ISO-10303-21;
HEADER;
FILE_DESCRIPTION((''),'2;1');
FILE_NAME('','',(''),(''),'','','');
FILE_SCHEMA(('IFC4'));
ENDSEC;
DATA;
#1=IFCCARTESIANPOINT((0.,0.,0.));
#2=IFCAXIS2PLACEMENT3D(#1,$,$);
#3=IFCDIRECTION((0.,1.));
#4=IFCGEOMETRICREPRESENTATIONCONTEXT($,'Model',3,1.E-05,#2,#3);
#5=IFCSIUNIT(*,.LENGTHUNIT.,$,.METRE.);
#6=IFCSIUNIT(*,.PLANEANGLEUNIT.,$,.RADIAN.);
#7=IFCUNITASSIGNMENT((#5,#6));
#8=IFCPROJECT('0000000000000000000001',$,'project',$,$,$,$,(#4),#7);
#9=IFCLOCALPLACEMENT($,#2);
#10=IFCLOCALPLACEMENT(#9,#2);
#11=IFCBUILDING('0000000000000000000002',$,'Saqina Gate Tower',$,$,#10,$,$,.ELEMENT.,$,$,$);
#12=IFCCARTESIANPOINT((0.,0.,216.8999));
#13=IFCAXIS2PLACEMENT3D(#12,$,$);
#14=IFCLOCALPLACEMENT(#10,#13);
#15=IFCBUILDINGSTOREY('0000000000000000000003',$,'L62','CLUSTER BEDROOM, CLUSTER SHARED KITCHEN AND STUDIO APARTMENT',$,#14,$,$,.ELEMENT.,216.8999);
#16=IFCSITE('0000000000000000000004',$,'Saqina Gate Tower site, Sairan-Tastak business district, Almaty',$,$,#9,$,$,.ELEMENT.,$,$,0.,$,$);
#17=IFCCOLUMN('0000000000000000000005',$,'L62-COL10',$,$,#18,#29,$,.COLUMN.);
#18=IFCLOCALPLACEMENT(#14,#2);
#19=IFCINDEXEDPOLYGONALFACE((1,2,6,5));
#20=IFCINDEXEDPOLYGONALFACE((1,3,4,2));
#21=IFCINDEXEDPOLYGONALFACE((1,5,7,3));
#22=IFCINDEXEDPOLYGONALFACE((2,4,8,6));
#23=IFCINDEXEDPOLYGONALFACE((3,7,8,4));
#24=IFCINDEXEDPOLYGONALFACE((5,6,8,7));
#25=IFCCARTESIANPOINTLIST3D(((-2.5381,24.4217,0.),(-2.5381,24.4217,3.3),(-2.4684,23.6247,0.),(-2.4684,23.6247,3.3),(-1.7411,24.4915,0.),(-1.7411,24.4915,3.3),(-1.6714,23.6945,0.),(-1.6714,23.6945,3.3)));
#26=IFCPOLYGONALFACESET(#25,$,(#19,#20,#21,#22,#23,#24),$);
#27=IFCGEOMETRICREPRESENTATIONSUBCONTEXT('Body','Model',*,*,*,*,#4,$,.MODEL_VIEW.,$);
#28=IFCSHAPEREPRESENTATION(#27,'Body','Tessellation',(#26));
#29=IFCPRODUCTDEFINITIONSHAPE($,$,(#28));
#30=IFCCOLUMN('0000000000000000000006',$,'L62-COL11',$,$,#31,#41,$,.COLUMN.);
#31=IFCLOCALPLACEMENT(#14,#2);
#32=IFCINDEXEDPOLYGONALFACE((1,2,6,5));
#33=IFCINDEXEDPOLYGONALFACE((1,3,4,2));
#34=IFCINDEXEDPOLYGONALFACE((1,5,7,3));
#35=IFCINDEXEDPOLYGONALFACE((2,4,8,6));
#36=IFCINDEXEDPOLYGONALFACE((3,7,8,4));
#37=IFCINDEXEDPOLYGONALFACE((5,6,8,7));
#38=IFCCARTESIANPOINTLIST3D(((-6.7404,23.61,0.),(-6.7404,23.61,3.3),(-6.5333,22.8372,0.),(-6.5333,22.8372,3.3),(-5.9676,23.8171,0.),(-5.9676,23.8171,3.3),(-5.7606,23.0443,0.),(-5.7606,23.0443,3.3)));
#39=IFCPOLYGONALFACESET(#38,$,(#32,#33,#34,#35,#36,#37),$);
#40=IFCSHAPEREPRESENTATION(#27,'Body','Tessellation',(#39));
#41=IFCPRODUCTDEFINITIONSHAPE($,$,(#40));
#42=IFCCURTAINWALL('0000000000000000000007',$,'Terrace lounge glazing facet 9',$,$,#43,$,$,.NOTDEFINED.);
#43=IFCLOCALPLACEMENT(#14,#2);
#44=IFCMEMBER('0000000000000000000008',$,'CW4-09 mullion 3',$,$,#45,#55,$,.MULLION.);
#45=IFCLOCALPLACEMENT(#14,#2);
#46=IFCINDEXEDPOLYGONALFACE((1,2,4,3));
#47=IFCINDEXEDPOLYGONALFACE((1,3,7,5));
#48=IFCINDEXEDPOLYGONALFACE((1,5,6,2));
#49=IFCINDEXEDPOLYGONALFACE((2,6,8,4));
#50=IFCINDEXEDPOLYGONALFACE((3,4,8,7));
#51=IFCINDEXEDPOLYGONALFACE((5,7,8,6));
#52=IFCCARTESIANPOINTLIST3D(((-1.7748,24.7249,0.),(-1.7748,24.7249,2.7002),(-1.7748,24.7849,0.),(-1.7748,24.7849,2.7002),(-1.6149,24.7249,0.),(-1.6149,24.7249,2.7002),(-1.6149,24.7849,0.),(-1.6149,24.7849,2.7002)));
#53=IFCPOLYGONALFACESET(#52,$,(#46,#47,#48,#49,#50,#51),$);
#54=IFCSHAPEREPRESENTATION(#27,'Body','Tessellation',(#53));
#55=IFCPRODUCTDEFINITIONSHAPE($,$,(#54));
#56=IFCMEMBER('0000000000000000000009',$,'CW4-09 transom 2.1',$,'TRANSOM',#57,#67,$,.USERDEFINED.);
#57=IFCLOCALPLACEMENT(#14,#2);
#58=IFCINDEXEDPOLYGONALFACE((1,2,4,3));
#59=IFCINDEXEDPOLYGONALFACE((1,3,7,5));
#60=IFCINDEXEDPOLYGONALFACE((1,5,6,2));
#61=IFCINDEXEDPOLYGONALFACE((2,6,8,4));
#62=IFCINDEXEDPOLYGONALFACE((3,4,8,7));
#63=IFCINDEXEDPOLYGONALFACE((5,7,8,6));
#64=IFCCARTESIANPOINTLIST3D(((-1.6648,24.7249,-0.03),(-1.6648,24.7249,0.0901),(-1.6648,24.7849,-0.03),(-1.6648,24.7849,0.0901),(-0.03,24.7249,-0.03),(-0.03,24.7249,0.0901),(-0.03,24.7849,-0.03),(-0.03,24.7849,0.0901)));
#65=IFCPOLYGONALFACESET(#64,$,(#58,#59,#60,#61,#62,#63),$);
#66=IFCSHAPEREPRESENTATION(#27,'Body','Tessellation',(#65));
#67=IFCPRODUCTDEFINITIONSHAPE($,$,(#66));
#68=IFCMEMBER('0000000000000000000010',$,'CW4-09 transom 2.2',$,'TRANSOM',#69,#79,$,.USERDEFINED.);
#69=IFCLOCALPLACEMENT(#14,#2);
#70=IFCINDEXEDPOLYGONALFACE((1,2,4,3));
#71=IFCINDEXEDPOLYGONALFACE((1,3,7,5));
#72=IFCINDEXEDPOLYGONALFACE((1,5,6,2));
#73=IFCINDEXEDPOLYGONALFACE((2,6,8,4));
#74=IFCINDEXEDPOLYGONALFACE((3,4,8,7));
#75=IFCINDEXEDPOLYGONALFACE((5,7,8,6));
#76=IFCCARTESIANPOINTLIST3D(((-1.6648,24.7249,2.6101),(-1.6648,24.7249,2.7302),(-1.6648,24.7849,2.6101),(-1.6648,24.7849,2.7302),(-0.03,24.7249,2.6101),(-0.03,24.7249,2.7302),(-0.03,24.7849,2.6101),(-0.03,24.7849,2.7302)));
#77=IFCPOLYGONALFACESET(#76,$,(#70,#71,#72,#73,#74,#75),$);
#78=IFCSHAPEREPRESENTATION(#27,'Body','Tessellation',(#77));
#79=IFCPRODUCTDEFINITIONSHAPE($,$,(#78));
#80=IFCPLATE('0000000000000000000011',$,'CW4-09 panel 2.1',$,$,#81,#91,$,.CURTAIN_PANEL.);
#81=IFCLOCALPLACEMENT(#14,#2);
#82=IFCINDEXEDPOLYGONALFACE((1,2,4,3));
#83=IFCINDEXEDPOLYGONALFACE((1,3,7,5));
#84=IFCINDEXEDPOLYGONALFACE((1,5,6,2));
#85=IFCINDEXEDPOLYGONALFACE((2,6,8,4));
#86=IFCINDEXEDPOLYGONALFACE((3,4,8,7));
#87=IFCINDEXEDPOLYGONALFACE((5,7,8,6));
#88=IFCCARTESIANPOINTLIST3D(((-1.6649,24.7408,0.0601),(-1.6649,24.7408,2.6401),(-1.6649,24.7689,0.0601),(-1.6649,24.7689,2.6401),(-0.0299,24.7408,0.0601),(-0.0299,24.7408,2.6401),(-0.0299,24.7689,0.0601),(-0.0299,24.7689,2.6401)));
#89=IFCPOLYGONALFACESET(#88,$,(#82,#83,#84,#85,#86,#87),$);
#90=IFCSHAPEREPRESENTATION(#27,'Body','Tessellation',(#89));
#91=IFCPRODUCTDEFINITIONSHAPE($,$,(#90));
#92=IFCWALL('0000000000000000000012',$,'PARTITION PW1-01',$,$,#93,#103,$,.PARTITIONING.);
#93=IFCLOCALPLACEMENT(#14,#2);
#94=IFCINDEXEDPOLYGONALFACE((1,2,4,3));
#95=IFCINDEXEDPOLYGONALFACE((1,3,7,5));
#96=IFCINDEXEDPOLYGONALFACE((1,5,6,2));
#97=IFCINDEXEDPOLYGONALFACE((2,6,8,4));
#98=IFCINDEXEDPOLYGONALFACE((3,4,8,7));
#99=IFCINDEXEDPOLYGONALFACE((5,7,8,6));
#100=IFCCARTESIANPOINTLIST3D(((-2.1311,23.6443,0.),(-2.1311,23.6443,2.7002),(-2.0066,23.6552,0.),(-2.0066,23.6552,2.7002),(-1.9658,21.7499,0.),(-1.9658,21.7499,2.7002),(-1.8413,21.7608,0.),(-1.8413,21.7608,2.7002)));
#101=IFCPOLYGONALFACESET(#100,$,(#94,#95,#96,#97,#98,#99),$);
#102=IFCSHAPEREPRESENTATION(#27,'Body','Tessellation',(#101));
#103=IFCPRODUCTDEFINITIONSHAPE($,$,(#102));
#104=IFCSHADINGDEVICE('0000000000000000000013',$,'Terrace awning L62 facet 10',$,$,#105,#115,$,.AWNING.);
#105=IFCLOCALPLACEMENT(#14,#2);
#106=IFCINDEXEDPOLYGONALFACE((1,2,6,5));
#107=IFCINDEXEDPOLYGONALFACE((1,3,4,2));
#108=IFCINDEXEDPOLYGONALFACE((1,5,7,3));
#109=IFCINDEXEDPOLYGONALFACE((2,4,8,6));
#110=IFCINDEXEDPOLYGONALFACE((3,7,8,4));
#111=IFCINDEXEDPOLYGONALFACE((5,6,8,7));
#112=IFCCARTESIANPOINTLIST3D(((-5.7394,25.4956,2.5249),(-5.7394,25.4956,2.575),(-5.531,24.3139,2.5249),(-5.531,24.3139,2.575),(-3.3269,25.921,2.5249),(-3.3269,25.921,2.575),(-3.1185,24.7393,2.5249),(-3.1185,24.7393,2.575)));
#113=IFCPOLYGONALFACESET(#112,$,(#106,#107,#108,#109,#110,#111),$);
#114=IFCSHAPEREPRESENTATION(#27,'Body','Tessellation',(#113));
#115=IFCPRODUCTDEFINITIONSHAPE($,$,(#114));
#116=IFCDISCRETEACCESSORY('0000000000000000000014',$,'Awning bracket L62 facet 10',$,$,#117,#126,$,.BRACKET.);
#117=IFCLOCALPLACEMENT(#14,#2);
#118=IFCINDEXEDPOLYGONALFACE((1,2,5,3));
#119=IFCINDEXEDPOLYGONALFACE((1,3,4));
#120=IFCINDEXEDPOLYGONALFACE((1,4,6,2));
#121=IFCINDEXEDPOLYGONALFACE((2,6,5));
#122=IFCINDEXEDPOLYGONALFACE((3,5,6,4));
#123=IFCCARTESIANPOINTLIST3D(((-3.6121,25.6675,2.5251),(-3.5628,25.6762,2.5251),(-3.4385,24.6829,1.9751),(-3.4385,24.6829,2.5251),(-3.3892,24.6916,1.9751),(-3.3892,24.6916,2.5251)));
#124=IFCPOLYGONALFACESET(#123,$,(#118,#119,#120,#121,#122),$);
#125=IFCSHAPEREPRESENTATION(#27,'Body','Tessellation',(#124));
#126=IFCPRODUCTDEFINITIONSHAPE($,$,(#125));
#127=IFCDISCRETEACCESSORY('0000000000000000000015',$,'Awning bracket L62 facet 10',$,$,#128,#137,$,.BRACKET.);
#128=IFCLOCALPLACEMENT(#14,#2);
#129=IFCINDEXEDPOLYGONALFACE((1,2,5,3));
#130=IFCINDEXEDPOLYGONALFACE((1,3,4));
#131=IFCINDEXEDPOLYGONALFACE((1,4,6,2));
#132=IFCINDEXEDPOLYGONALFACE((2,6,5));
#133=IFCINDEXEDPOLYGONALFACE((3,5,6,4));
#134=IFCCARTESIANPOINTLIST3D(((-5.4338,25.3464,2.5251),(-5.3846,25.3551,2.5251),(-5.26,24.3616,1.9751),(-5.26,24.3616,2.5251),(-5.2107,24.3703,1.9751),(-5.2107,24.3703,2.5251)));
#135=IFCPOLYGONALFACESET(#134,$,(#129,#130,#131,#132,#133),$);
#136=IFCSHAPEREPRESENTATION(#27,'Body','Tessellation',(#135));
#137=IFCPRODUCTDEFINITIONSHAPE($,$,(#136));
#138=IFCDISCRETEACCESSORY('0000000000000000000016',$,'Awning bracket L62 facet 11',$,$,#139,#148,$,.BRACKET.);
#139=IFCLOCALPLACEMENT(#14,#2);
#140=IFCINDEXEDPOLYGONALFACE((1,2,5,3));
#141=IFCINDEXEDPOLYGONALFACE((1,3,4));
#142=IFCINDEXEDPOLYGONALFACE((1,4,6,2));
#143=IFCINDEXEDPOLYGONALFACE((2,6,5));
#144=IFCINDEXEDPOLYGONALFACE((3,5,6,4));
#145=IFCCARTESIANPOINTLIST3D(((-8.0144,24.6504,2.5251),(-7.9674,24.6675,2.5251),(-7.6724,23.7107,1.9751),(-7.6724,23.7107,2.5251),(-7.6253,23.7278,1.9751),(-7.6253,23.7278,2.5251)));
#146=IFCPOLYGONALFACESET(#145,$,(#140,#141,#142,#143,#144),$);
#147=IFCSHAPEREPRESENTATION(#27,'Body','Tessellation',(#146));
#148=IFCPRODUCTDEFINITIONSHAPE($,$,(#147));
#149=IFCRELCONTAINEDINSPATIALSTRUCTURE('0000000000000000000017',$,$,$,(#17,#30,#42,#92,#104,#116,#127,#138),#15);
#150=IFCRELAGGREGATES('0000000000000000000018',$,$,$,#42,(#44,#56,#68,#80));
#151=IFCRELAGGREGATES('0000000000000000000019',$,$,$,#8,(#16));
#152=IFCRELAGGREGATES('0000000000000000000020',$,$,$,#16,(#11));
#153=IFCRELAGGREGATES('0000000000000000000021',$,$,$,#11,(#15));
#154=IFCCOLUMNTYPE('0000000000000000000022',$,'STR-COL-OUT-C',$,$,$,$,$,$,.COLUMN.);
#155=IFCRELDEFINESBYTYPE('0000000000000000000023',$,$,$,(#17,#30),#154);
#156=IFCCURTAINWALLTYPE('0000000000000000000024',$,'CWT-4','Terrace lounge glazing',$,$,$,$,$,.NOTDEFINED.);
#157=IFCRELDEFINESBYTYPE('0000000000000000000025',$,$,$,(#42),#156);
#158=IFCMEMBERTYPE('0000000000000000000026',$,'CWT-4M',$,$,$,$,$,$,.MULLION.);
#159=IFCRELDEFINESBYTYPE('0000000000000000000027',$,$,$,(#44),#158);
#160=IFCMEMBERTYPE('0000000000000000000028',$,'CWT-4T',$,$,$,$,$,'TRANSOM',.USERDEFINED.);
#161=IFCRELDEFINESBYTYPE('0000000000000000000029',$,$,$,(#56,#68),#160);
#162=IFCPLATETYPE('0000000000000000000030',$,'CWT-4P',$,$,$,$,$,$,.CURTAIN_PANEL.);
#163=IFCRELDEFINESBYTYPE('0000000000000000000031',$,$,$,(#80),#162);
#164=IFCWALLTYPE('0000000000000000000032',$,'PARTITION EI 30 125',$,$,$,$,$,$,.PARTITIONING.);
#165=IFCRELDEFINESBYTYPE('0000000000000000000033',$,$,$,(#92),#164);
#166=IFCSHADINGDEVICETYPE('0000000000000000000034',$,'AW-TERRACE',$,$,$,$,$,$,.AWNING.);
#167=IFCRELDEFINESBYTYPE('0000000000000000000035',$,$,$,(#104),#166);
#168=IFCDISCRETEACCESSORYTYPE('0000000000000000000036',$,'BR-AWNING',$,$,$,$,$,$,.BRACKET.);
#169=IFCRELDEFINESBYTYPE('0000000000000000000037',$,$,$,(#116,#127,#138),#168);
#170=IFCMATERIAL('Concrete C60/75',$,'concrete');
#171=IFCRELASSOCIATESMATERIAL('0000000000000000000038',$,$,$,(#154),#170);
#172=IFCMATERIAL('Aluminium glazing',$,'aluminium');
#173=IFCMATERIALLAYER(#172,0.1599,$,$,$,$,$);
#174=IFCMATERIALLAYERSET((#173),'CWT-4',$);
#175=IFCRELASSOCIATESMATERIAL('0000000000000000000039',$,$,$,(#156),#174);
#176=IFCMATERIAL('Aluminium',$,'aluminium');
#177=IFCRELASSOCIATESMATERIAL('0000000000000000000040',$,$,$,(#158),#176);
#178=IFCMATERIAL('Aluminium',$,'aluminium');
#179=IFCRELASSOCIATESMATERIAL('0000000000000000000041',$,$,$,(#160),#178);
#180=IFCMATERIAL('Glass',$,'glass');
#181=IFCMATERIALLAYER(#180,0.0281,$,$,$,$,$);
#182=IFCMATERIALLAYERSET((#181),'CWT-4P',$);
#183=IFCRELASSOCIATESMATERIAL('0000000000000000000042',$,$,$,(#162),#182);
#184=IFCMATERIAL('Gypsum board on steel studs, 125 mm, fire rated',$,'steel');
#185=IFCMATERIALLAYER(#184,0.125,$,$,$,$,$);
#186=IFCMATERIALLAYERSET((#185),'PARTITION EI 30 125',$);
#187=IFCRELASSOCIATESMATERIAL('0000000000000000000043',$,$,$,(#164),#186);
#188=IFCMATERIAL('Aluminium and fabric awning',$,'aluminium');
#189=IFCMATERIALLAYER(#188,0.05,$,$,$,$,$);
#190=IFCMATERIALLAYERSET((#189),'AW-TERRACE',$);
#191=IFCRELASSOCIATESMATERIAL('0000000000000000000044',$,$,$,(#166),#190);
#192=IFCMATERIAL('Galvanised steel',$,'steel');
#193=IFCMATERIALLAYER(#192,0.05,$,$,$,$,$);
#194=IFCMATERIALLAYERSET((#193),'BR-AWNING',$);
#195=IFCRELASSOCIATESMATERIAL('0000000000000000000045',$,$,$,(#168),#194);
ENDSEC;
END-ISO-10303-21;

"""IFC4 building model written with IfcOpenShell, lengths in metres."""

from ifc_helpers import new_model, si_unit, direction, frame, frame_2d, origin, origin_2d, place, context, subcontext, project, spatial, polyline, rectangle, outline, extrude, material, layer, layer_set, material_profile, profile_set, type_object, element, aggregate, save


model = new_model("IFC4")

# Units and contexts
model_context = context("Model", 3, precision=1e-05, world=origin(), true_north=direction((0.0, 1.0)))
body_context = subcontext(model_context, "Body", "Model", "MODEL_VIEW")
ifc_project = project(units=[si_unit("LENGTHUNIT", "METRE"), si_unit("PLANEANGLEUNIT", "RADIAN")], contexts=[model_context])

# Site, building, storey
site_placement = place(None, origin())
site = spatial("IfcSite", under=ifc_project, at=site_placement, Name="Saqina Gate Tower site, Sairan-Tastak business district, Almaty", CompositionType="ELEMENT", RefElevation=0.0)
building_placement = place(site_placement, origin())
building = spatial("IfcBuilding", under=site, at=building_placement, Name="Saqina Gate Tower", CompositionType="ELEMENT")
storey_placement = place(building_placement, frame((0.0, 0.0, 216.8999)))
storey = spatial("IfcBuildingStorey", under=building, at=storey_placement, Name="L62", Description="CLUSTER BEDROOM, CLUSTER SHARED KITCHEN AND STUDIO APARTMENT", CompositionType="ELEMENT", Elevation=216.8999)

# Columns
ifc_material_1 = material(Name="Concrete C60/75", Category="concrete")
ifc_material_profile_1 = material_profile(ifc_material_1, rectangle(XDim=0.8, YDim=0.8, at=origin_2d()), Name="RC 800x800")
ifc_profile_set_1 = profile_set([ifc_material_profile_1], Name="Concrete C60/75")
column_type = type_object("IfcColumnType", Name="STR-COL-OUT-C", PredefinedType="COLUMN", material=ifc_profile_set_1)
for number, where, z_axis, x_axis, name in (
    (1, (-2.1047, 24.0581, 0.0), (0.0, 0.0, 1.0), (-0.087156, 0.996195, 0.0), "L62-COL10"),
    (2, (-6.2505, 23.3271, 0.0), (0.0, 0.0, 1.0), (-0.258819, 0.965926, 0.0), "L62-COL11"),
):
    element("IfcColumn", number, at=place(storey_placement, frame(where, z_axis=z_axis, x_axis=x_axis)), inside=storey, type_object=column_type, Name=name, PredefinedType="COLUMN", context=body_context, shape_type="SweptSolid", body=[
        extrude(rectangle(XDim=0.8, YDim=0.8, at=origin_2d()), origin(), (0.0, 0.0, 1.0), 3.3),
    ])

# Curtain wall, members, plate
ifc_material_2 = material(Name="Aluminium glazing", Category="aluminium")
ifc_layer_1 = layer(ifc_material_2, 0.1599)
ifc_layer_set_1 = layer_set([ifc_layer_1], Name="CWT-4")
curtain_wall_type = type_object("IfcCurtainWallType", Name="CWT-4", Description="Terrace lounge glazing", PredefinedType="NOTDEFINED", material=ifc_layer_set_1)
curtain_wall_placement = place(storey_placement, origin())
curtain_wall = element("IfcCurtainWall", 3, at=curtain_wall_placement, inside=storey, type_object=curtain_wall_type, Name="Terrace lounge glazing facet 9", PredefinedType="NOTDEFINED")
ifc_material_3 = material(Name="Aluminium", Category="aluminium")
ifc_material_profile_2 = material_profile(ifc_material_3, rectangle(XDim=0.0601, YDim=0.1599, at=origin_2d()), Name="Aluminium 60x160")
ifc_profile_set_2 = profile_set([ifc_material_profile_2], Name="Aluminium")
member_type_1 = type_object("IfcMemberType", Name="CWT-4M", PredefinedType="MULLION", material=ifc_profile_set_2)
member_1_placement = place(storey_placement, frame((-1.6948, 24.7549, 0.0), z_axis=(0.0, 0.0, 1.0), x_axis=(0.0, -1.0, 0.0)))
member_1 = element("IfcMember", 4, at=member_1_placement, type_object=member_type_1, Name="CW4-09 mullion 3", PredefinedType="MULLION", context=body_context, shape_type="SweptSolid", body=[
    extrude(rectangle(XDim=0.0601, YDim=0.1599, at=origin_2d()), origin(), (0.0, 0.0, 1.0), 2.7002),
])
ifc_material_4 = material(Name="Aluminium", Category="aluminium")
ifc_material_profile_3 = material_profile(ifc_material_4, rectangle(XDim=0.0601, YDim=0.1201, at=origin_2d()), Name="Aluminium 60x120")
ifc_profile_set_3 = profile_set([ifc_material_profile_3], Name="Aluminium")
member_type_2 = type_object("IfcMemberType", Name="CWT-4T", ElementType="TRANSOM", PredefinedType="USERDEFINED", material=ifc_profile_set_3)
member_2_placement = place(storey_placement, frame((-0.03, 24.7549, 0.03), z_axis=(-1.0, 0.0, 0.0), x_axis=(0.0, -1.0, 0.0)))
member_2 = element("IfcMember", 5, at=member_2_placement, type_object=member_type_2, Name="CW4-09 transom 2.1", ObjectType="TRANSOM", PredefinedType="USERDEFINED", context=body_context, shape_type="SweptSolid", body=[
    extrude(rectangle(XDim=0.0601, YDim=0.1201, at=origin_2d()), origin(), (0.0, 0.0, 1.0), 1.6348),
])
member_3_placement = place(storey_placement, frame((-0.03, 24.7549, 2.6702), z_axis=(-1.0, 0.0, 0.0), x_axis=(0.0, -1.0, 0.0)))
member_3 = element("IfcMember", 6, at=member_3_placement, type_object=member_type_2, Name="CW4-09 transom 2.2", ObjectType="TRANSOM", PredefinedType="USERDEFINED", context=body_context, shape_type="SweptSolid", body=[
    extrude(rectangle(XDim=0.0601, YDim=0.1201, at=origin_2d()), origin(), (0.0, 0.0, 1.0), 1.6348),
])
ifc_material_5 = material(Name="Glass", Category="glass")
ifc_layer_2 = layer(ifc_material_5, 0.0281)
ifc_layer_set_2 = layer_set([ifc_layer_2], Name="CWT-4P")
plate_type = type_object("IfcPlateType", Name="CWT-4P", PredefinedType="CURTAIN_PANEL", material=ifc_layer_set_2)
plate_placement = place(storey_placement, frame((-0.8474, 24.7549, 0.0601), z_axis=(0.0, 0.0, 1.0), x_axis=(-1.0, 0.0, 0.0)))
plate = element("IfcPlate", 7, at=plate_placement, type_object=plate_type, Name="CW4-09 panel 2.1", PredefinedType="CURTAIN_PANEL", context=body_context, shape_type="SweptSolid", body=[
    extrude(rectangle(XDim=1.635, YDim=0.0281, at=origin_2d()), origin(), (0.0, 0.0, 1.0), 2.5801),
])
aggregate(curtain_wall, [member_1, member_2, member_3, plate])

# Wall
ifc_material_6 = material(Name="Gypsum board on steel studs, 125 mm, fire rated", Category="steel")
ifc_layer_3 = layer(ifc_material_6, 0.125)
ifc_layer_set_3 = layer_set([ifc_layer_3], Name="PARTITION EI 30 125")
wall_type_1 = type_object("IfcWallType", Name="PARTITION EI 30 125", PredefinedType="PARTITIONING", material=ifc_layer_set_3)
wall_1_placement = place(storey_placement, frame((-2.0688, 23.6497, 0.0), z_axis=(0.0, 0.0, 1.0), x_axis=(0.086912, -0.996216, 0.0)))
element("IfcWall", 8, at=wall_1_placement, inside=storey, type_object=wall_type_1, Name="PARTITION PW1-01", PredefinedType="PARTITIONING", context=body_context, shape_type="SweptSolid", body=[
    extrude(rectangle(XDim=1.9016, YDim=0.125, at=frame_2d((0.9507, 0.0))), origin(), (0.0, 0.0, 1.0), 2.7002),
])

# Shading device
ifc_material_7 = material(Name="Aluminium and fabric awning", Category="aluminium")
ifc_layer_4 = layer(ifc_material_7, 0.05)
ifc_layer_set_4 = layer_set([ifc_layer_4], Name="AW-TERRACE")
shading_device_type = type_object("IfcShadingDeviceType", Name="AW-TERRACE", PredefinedType="AWNING", material=ifc_layer_set_4)
shading_device_placement = place(storey_placement, frame((-4.429, 25.1174, 2.5249), z_axis=(0.0, 0.0, 1.0), x_axis=(-0.984808, -0.173648, 0.0)))
element("IfcShadingDevice", 9, at=shading_device_placement, inside=storey, type_object=shading_device_type, Name="Terrace awning L62 facet 10", PredefinedType="AWNING", context=body_context, shape_type="SweptSolid", body=[
    extrude(rectangle(XDim=2.4497, YDim=1.2, at=origin_2d()), origin(), (0.0, 0.0, 1.0), 0.05),
])

# Discrete accessories
ifc_material_8 = material(Name="Galvanised steel", Category="steel")
ifc_layer_5 = layer(ifc_material_8, 0.05)
ifc_layer_set_5 = layer_set([ifc_layer_5], Name="BR-AWNING")
discrete_accessory_type = type_object("IfcDiscreteAccessoryType", Name="BR-AWNING", PredefinedType="BRACKET", material=ifc_layer_set_5)
discrete_accessory_1_placement = place(storey_placement, frame((-3.4385, 24.6829, 1.9751), z_axis=(-0.984813, -0.173618, 0.0), x_axis=(0.0, 0.0, 1.0)))
element("IfcDiscreteAccessory", 10, at=discrete_accessory_1_placement, inside=storey, type_object=discrete_accessory_type, Name="Awning bracket L62 facet 10", PredefinedType="BRACKET", context=body_context, shape_type="SweptSolid", body=[
    extrude(outline(polyline([(0.0, 0.0), (0.55, 0.0), (0.55, 0.9998), (0.0, 0.0)])), origin(), (0.0, 0.0, -1.0), 0.05),
])
discrete_accessory_2_placement = place(storey_placement, frame((-5.26, 24.3616, 1.9751), z_axis=(-0.984779, -0.173813, 0.0), x_axis=(0.0, 0.0, 1.0)))
element("IfcDiscreteAccessory", 11, at=discrete_accessory_2_placement, inside=storey, type_object=discrete_accessory_type, Name="Awning bracket L62 facet 10", PredefinedType="BRACKET", context=body_context, shape_type="SweptSolid", body=[
    extrude(outline(polyline([(0.0, 0.0), (0.55, 0.0), (0.55, 1.0001), (0.0, 0.0)])), origin(), (0.0, 0.0, -1.0), 0.05),
])
discrete_accessory_3_placement = place(storey_placement, frame((-7.6724, 23.7107, 1.9751), z_axis=(-0.939686, -0.342037, 0.0), x_axis=(0.0, 0.0, 1.0)))
element("IfcDiscreteAccessory", 12, at=discrete_accessory_3_placement, inside=storey, type_object=discrete_accessory_type, Name="Awning bracket L62 facet 11", PredefinedType="BRACKET", context=body_context, shape_type="SweptSolid", body=[
    extrude(outline(polyline([(0.0, 0.0), (0.55, 0.0), (0.55, 1.0), (0.0, 0.0)])), origin(), (0.0, 0.0, -1.0), 0.05),
])

save(model, "model.ifc")
